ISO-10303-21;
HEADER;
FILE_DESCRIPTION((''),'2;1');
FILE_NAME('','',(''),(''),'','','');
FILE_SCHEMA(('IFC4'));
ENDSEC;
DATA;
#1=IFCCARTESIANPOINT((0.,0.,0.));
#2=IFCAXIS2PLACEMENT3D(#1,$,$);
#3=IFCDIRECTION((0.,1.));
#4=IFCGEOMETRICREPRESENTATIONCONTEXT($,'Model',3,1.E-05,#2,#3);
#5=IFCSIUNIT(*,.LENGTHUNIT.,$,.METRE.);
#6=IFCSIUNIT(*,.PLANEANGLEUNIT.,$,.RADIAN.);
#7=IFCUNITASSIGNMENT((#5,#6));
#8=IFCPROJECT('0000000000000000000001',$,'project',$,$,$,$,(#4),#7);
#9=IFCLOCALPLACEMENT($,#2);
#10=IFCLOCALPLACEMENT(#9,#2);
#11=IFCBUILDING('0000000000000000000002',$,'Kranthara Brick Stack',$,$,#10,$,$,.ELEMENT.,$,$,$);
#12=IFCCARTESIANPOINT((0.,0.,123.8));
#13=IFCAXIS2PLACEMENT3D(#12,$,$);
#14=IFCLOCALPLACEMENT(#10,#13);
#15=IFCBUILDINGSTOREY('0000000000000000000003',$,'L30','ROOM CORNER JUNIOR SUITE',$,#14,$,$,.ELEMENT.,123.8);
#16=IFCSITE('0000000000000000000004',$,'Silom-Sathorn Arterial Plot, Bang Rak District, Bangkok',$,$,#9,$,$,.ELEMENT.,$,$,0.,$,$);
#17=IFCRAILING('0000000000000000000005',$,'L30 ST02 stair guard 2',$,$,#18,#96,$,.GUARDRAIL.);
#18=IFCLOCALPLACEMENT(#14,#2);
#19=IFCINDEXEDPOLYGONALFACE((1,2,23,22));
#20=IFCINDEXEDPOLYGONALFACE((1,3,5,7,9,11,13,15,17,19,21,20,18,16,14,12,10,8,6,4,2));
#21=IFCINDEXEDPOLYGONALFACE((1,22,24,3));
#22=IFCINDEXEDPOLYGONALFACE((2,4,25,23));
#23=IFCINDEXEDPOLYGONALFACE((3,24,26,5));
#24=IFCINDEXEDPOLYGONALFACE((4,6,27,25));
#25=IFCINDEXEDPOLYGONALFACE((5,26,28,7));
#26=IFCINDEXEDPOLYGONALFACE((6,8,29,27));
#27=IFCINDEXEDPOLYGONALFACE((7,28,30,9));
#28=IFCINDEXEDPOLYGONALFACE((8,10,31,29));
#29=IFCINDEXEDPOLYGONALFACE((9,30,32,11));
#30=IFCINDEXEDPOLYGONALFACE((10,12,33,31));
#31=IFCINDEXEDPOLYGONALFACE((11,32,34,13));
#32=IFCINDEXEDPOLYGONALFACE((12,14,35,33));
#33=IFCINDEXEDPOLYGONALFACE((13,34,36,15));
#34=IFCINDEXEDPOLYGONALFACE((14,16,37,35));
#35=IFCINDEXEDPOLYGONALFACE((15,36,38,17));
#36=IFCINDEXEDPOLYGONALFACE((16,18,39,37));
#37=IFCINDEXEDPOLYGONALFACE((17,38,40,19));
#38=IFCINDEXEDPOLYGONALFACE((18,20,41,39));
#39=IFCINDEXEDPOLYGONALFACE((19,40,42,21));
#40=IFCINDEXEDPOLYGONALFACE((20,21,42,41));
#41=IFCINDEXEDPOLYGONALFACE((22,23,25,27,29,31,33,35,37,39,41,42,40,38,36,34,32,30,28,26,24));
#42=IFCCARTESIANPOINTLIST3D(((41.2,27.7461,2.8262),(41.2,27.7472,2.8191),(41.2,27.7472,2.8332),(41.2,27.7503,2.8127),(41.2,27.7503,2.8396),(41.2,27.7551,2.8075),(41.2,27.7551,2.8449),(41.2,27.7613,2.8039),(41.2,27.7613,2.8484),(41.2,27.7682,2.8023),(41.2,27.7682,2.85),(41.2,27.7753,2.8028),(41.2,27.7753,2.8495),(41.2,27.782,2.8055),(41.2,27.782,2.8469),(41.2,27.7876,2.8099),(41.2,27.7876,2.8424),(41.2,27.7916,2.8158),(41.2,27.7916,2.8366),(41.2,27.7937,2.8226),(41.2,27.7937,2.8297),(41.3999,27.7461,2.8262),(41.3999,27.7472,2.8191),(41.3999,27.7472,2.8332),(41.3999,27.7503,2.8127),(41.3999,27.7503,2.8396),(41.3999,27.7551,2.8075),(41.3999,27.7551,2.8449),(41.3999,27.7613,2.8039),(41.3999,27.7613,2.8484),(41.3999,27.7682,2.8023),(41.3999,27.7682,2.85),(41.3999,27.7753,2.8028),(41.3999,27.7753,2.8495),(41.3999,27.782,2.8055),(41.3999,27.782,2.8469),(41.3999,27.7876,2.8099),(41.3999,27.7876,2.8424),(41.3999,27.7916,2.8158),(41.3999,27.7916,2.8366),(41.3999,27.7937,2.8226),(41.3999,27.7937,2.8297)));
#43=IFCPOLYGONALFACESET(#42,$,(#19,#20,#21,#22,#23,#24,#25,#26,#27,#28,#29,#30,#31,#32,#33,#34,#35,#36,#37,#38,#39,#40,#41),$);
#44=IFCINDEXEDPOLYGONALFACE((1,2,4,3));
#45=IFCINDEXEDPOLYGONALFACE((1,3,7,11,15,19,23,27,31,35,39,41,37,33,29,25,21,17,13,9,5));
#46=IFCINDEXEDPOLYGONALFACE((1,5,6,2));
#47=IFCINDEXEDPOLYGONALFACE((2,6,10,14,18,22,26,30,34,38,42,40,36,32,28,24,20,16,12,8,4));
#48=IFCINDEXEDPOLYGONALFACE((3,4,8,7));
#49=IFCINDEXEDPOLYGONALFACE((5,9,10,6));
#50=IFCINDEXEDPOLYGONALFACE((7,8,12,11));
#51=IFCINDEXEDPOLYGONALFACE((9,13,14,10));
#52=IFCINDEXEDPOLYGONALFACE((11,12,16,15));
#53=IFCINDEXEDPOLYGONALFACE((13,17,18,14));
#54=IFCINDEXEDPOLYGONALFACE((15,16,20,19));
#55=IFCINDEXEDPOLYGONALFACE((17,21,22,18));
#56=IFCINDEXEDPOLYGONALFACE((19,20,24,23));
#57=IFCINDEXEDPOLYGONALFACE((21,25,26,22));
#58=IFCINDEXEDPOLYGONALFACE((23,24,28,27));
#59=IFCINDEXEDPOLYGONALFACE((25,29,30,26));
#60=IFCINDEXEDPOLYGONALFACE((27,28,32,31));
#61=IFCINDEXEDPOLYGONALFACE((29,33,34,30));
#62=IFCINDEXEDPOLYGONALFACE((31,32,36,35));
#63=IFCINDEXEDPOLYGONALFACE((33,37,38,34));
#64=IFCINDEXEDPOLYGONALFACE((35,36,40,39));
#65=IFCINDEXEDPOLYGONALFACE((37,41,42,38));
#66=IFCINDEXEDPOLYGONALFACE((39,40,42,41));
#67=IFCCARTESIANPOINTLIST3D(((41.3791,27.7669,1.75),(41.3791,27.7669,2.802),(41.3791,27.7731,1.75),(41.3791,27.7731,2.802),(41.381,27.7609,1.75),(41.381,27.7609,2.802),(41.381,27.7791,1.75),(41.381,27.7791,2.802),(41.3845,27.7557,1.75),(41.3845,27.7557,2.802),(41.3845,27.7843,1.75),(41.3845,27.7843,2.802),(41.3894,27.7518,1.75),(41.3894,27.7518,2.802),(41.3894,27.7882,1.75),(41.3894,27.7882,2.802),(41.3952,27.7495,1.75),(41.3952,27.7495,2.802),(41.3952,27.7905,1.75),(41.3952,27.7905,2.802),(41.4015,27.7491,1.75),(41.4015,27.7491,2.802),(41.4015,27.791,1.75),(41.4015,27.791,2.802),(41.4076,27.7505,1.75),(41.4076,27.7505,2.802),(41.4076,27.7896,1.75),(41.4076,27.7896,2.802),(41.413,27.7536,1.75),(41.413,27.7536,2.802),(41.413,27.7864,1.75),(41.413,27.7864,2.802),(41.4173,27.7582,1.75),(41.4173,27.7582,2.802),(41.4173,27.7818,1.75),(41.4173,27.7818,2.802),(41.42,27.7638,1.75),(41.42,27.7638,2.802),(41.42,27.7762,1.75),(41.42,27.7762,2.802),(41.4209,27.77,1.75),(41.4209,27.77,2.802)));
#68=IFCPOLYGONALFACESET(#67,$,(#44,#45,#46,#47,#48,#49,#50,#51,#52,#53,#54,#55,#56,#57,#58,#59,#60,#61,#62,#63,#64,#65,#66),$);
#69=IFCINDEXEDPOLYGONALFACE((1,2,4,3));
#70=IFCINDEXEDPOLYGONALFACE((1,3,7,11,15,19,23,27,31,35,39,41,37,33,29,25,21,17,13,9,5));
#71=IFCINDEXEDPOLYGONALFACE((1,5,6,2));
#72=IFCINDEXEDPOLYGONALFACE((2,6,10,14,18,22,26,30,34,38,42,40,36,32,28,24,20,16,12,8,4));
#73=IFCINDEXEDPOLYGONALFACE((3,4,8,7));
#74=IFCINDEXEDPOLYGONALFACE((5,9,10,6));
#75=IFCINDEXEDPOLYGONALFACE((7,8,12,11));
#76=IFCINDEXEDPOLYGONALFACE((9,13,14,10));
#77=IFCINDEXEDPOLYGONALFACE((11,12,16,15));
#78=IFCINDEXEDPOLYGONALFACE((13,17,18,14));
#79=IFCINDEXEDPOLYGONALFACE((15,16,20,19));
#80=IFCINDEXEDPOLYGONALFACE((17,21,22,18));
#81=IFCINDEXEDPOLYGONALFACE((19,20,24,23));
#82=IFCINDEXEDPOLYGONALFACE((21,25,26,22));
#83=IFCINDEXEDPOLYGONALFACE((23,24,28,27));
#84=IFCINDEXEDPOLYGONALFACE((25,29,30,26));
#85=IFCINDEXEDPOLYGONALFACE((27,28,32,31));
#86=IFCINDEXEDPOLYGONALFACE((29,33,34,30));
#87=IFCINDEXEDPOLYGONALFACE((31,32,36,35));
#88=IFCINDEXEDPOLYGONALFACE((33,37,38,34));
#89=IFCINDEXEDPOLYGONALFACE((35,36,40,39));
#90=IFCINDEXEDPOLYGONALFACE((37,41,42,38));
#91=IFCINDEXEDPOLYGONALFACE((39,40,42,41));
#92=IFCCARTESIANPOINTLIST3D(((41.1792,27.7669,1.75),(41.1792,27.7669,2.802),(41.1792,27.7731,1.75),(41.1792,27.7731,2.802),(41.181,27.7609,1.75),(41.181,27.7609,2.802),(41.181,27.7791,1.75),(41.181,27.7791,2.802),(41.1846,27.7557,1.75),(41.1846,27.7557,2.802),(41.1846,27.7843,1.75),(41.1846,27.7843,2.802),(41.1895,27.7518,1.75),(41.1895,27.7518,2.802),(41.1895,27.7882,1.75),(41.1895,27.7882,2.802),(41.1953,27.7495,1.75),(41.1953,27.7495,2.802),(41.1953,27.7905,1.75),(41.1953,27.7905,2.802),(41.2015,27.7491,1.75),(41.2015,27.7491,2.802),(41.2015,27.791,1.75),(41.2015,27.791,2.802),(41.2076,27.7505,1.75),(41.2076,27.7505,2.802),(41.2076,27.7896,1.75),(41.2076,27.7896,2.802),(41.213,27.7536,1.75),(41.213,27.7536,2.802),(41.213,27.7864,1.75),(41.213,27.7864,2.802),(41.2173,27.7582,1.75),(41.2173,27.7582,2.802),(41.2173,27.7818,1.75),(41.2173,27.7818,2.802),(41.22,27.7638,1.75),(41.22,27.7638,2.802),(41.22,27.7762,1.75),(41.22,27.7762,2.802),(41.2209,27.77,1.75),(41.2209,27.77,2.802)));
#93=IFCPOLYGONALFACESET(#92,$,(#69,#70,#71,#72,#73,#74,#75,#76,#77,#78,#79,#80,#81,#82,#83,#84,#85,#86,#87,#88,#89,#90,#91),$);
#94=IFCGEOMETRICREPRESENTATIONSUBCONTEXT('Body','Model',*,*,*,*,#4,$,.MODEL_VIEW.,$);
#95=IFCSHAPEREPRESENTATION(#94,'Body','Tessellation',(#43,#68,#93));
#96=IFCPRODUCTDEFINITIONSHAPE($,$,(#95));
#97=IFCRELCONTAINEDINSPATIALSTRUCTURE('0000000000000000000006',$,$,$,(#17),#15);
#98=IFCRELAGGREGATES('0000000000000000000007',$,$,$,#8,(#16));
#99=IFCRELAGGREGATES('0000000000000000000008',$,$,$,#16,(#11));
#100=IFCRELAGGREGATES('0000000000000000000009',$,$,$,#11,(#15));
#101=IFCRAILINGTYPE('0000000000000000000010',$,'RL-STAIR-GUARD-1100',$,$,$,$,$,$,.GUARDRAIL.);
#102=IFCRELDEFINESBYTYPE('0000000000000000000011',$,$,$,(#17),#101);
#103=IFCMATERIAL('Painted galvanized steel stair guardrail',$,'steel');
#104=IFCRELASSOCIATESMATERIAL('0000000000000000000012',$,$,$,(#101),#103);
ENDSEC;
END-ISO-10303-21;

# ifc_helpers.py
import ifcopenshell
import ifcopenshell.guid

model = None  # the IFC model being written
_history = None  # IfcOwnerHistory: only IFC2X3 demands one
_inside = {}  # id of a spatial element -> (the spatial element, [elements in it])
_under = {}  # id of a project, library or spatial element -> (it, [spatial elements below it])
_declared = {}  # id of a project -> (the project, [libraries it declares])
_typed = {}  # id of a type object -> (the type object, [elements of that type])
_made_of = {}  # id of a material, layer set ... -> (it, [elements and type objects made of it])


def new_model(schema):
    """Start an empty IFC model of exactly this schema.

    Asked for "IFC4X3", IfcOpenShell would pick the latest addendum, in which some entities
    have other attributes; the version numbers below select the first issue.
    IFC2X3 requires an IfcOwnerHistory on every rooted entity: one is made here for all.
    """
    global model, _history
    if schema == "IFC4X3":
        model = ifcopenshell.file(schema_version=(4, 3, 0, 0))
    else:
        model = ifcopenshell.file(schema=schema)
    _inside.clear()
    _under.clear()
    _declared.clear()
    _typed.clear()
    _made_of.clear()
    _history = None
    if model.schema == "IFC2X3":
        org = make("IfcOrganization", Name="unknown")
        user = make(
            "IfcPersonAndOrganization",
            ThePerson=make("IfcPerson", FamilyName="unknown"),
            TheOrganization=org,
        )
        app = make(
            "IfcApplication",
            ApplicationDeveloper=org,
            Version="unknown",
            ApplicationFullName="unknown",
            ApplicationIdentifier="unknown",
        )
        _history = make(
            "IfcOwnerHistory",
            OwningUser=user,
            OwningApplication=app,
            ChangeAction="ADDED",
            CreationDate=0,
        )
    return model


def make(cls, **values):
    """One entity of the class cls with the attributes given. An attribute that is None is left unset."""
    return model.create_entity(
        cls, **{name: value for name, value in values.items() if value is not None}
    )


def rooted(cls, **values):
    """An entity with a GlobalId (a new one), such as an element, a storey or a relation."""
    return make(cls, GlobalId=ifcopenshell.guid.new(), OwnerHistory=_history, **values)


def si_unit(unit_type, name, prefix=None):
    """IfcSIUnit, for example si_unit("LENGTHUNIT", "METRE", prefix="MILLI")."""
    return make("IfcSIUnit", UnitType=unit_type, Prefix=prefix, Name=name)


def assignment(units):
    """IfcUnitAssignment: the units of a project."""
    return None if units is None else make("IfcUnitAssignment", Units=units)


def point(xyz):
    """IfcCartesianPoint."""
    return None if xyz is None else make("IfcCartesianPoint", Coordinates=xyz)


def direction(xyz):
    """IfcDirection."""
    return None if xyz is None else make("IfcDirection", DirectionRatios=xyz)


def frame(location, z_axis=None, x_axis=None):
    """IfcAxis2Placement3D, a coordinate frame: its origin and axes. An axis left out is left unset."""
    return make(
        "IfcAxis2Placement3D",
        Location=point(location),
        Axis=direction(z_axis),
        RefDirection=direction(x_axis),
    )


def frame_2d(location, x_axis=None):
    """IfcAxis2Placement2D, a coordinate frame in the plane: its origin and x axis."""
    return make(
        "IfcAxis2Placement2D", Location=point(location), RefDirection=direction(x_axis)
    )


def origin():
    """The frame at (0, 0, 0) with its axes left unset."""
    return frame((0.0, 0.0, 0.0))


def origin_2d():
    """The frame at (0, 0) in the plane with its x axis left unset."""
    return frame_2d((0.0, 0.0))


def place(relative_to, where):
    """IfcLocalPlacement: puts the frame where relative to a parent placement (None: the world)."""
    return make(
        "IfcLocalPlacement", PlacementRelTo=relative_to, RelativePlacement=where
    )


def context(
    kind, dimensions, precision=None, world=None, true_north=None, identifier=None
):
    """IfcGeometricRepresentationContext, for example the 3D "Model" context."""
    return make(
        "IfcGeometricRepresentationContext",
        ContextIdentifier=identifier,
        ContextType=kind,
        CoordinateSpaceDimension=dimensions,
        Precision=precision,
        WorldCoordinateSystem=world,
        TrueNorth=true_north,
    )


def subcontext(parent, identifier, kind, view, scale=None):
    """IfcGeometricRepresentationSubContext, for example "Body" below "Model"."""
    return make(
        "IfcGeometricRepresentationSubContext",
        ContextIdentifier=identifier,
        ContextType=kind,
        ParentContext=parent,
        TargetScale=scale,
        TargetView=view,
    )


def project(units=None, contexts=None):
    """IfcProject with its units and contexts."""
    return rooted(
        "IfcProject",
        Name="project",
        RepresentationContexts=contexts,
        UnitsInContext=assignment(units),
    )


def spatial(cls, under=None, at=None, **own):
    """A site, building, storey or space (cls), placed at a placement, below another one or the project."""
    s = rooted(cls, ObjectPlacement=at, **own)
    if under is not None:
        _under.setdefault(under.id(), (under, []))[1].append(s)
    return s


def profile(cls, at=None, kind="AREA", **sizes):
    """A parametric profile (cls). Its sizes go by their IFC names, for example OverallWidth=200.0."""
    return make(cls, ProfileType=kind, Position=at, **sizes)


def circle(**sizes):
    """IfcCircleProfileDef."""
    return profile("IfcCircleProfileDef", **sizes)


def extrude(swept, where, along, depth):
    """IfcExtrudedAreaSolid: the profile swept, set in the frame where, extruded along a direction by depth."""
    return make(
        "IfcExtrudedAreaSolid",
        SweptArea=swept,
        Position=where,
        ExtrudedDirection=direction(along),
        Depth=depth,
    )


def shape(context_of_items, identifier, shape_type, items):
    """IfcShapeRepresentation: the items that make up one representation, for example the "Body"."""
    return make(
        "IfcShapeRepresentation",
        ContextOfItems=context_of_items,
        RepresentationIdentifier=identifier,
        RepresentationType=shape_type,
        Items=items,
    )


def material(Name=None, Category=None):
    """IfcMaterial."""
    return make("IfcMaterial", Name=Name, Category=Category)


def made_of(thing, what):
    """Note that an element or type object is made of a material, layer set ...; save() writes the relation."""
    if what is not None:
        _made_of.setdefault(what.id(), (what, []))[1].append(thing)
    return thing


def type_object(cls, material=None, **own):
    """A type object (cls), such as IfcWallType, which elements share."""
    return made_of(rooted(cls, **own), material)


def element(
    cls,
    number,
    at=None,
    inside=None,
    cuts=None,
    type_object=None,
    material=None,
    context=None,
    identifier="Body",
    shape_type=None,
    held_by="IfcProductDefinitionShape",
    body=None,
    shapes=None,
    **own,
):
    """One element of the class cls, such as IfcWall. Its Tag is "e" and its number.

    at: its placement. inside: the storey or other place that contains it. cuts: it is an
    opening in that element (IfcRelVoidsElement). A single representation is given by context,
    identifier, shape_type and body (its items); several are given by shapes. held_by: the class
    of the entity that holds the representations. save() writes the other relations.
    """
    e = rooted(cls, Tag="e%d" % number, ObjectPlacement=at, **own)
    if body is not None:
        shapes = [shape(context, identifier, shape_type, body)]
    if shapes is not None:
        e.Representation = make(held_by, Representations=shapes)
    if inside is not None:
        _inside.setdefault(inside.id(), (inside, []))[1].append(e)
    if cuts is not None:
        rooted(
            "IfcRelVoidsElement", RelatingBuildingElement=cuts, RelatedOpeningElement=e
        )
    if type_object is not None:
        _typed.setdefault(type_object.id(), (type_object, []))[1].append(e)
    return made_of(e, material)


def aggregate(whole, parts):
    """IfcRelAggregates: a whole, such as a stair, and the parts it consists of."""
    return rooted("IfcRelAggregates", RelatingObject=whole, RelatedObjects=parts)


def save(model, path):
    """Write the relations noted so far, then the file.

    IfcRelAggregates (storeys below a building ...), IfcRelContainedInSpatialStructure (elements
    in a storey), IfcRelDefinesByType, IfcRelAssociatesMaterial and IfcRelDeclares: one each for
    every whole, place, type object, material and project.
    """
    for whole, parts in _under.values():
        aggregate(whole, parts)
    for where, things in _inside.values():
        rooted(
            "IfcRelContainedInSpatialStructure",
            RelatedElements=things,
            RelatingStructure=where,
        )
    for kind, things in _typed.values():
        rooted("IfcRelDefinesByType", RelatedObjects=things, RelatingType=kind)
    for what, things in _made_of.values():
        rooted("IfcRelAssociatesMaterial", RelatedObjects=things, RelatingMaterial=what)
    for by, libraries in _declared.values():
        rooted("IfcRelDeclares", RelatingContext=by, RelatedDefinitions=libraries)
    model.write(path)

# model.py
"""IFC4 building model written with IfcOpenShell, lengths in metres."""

from ifc_helpers import new_model, si_unit, direction, frame, origin, origin_2d, place, context, subcontext, project, spatial, circle, extrude, material, type_object, element, save


model = new_model("IFC4")

# Units and contexts
model_context = context("Model", 3, precision=1e-05, world=origin(), true_north=direction((0.0, 1.0)))
body_context = subcontext(model_context, "Body", "Model", "MODEL_VIEW")
ifc_project = project(units=[si_unit("LENGTHUNIT", "METRE"), si_unit("PLANEANGLEUNIT", "RADIAN")], contexts=[model_context])

# Site, building, storey
site_placement = place(None, origin())
site = spatial("IfcSite", under=ifc_project, at=site_placement, Name="Silom-Sathorn Arterial Plot, Bang Rak District, Bangkok", CompositionType="ELEMENT", RefElevation=0.0)
building_placement = place(site_placement, origin())
building = spatial("IfcBuilding", under=site, at=building_placement, Name="Kranthara Brick Stack", CompositionType="ELEMENT")
storey_placement = place(building_placement, frame((0.0, 0.0, 123.8)))
storey = spatial("IfcBuildingStorey", under=building, at=storey_placement, Name="L30", Description="ROOM CORNER JUNIOR SUITE", CompositionType="ELEMENT", Elevation=123.8)

# Railing
ifc_material_1 = material(Name="Painted galvanized steel stair guardrail", Category="steel")
railing_type_1 = type_object("IfcRailingType", Name="RL-STAIR-GUARD-1100", PredefinedType="GUARDRAIL", material=ifc_material_1)
railing_1_placement = place(storey_placement, frame((41.3999, 27.77, 1.75)))
element("IfcRailing", 1, at=railing_1_placement, inside=storey, type_object=railing_type_1, Name="L30 ST02 stair guard 2", PredefinedType="GUARDRAIL", context=body_context, shape_type="SweptSolid", body=[
    extrude(circle(Radius=0.0239, at=origin_2d()), frame((0.0, 0.0, 1.0762), z_axis=(-1.0, 0.0, 0.0), x_axis=(0.0, -1.0, 0.0)), (0.0, 0.0, 1.0), 0.2),
    extrude(circle(Radius=0.021, at=origin_2d()), origin(), (0.0, 0.0, 1.0), 1.052),
    extrude(circle(Radius=0.021, at=origin_2d()), frame((-0.2, 0.0, 0.0)), (0.0, 0.0, 1.0), 1.052),
])

save(model, "model.ifc")
